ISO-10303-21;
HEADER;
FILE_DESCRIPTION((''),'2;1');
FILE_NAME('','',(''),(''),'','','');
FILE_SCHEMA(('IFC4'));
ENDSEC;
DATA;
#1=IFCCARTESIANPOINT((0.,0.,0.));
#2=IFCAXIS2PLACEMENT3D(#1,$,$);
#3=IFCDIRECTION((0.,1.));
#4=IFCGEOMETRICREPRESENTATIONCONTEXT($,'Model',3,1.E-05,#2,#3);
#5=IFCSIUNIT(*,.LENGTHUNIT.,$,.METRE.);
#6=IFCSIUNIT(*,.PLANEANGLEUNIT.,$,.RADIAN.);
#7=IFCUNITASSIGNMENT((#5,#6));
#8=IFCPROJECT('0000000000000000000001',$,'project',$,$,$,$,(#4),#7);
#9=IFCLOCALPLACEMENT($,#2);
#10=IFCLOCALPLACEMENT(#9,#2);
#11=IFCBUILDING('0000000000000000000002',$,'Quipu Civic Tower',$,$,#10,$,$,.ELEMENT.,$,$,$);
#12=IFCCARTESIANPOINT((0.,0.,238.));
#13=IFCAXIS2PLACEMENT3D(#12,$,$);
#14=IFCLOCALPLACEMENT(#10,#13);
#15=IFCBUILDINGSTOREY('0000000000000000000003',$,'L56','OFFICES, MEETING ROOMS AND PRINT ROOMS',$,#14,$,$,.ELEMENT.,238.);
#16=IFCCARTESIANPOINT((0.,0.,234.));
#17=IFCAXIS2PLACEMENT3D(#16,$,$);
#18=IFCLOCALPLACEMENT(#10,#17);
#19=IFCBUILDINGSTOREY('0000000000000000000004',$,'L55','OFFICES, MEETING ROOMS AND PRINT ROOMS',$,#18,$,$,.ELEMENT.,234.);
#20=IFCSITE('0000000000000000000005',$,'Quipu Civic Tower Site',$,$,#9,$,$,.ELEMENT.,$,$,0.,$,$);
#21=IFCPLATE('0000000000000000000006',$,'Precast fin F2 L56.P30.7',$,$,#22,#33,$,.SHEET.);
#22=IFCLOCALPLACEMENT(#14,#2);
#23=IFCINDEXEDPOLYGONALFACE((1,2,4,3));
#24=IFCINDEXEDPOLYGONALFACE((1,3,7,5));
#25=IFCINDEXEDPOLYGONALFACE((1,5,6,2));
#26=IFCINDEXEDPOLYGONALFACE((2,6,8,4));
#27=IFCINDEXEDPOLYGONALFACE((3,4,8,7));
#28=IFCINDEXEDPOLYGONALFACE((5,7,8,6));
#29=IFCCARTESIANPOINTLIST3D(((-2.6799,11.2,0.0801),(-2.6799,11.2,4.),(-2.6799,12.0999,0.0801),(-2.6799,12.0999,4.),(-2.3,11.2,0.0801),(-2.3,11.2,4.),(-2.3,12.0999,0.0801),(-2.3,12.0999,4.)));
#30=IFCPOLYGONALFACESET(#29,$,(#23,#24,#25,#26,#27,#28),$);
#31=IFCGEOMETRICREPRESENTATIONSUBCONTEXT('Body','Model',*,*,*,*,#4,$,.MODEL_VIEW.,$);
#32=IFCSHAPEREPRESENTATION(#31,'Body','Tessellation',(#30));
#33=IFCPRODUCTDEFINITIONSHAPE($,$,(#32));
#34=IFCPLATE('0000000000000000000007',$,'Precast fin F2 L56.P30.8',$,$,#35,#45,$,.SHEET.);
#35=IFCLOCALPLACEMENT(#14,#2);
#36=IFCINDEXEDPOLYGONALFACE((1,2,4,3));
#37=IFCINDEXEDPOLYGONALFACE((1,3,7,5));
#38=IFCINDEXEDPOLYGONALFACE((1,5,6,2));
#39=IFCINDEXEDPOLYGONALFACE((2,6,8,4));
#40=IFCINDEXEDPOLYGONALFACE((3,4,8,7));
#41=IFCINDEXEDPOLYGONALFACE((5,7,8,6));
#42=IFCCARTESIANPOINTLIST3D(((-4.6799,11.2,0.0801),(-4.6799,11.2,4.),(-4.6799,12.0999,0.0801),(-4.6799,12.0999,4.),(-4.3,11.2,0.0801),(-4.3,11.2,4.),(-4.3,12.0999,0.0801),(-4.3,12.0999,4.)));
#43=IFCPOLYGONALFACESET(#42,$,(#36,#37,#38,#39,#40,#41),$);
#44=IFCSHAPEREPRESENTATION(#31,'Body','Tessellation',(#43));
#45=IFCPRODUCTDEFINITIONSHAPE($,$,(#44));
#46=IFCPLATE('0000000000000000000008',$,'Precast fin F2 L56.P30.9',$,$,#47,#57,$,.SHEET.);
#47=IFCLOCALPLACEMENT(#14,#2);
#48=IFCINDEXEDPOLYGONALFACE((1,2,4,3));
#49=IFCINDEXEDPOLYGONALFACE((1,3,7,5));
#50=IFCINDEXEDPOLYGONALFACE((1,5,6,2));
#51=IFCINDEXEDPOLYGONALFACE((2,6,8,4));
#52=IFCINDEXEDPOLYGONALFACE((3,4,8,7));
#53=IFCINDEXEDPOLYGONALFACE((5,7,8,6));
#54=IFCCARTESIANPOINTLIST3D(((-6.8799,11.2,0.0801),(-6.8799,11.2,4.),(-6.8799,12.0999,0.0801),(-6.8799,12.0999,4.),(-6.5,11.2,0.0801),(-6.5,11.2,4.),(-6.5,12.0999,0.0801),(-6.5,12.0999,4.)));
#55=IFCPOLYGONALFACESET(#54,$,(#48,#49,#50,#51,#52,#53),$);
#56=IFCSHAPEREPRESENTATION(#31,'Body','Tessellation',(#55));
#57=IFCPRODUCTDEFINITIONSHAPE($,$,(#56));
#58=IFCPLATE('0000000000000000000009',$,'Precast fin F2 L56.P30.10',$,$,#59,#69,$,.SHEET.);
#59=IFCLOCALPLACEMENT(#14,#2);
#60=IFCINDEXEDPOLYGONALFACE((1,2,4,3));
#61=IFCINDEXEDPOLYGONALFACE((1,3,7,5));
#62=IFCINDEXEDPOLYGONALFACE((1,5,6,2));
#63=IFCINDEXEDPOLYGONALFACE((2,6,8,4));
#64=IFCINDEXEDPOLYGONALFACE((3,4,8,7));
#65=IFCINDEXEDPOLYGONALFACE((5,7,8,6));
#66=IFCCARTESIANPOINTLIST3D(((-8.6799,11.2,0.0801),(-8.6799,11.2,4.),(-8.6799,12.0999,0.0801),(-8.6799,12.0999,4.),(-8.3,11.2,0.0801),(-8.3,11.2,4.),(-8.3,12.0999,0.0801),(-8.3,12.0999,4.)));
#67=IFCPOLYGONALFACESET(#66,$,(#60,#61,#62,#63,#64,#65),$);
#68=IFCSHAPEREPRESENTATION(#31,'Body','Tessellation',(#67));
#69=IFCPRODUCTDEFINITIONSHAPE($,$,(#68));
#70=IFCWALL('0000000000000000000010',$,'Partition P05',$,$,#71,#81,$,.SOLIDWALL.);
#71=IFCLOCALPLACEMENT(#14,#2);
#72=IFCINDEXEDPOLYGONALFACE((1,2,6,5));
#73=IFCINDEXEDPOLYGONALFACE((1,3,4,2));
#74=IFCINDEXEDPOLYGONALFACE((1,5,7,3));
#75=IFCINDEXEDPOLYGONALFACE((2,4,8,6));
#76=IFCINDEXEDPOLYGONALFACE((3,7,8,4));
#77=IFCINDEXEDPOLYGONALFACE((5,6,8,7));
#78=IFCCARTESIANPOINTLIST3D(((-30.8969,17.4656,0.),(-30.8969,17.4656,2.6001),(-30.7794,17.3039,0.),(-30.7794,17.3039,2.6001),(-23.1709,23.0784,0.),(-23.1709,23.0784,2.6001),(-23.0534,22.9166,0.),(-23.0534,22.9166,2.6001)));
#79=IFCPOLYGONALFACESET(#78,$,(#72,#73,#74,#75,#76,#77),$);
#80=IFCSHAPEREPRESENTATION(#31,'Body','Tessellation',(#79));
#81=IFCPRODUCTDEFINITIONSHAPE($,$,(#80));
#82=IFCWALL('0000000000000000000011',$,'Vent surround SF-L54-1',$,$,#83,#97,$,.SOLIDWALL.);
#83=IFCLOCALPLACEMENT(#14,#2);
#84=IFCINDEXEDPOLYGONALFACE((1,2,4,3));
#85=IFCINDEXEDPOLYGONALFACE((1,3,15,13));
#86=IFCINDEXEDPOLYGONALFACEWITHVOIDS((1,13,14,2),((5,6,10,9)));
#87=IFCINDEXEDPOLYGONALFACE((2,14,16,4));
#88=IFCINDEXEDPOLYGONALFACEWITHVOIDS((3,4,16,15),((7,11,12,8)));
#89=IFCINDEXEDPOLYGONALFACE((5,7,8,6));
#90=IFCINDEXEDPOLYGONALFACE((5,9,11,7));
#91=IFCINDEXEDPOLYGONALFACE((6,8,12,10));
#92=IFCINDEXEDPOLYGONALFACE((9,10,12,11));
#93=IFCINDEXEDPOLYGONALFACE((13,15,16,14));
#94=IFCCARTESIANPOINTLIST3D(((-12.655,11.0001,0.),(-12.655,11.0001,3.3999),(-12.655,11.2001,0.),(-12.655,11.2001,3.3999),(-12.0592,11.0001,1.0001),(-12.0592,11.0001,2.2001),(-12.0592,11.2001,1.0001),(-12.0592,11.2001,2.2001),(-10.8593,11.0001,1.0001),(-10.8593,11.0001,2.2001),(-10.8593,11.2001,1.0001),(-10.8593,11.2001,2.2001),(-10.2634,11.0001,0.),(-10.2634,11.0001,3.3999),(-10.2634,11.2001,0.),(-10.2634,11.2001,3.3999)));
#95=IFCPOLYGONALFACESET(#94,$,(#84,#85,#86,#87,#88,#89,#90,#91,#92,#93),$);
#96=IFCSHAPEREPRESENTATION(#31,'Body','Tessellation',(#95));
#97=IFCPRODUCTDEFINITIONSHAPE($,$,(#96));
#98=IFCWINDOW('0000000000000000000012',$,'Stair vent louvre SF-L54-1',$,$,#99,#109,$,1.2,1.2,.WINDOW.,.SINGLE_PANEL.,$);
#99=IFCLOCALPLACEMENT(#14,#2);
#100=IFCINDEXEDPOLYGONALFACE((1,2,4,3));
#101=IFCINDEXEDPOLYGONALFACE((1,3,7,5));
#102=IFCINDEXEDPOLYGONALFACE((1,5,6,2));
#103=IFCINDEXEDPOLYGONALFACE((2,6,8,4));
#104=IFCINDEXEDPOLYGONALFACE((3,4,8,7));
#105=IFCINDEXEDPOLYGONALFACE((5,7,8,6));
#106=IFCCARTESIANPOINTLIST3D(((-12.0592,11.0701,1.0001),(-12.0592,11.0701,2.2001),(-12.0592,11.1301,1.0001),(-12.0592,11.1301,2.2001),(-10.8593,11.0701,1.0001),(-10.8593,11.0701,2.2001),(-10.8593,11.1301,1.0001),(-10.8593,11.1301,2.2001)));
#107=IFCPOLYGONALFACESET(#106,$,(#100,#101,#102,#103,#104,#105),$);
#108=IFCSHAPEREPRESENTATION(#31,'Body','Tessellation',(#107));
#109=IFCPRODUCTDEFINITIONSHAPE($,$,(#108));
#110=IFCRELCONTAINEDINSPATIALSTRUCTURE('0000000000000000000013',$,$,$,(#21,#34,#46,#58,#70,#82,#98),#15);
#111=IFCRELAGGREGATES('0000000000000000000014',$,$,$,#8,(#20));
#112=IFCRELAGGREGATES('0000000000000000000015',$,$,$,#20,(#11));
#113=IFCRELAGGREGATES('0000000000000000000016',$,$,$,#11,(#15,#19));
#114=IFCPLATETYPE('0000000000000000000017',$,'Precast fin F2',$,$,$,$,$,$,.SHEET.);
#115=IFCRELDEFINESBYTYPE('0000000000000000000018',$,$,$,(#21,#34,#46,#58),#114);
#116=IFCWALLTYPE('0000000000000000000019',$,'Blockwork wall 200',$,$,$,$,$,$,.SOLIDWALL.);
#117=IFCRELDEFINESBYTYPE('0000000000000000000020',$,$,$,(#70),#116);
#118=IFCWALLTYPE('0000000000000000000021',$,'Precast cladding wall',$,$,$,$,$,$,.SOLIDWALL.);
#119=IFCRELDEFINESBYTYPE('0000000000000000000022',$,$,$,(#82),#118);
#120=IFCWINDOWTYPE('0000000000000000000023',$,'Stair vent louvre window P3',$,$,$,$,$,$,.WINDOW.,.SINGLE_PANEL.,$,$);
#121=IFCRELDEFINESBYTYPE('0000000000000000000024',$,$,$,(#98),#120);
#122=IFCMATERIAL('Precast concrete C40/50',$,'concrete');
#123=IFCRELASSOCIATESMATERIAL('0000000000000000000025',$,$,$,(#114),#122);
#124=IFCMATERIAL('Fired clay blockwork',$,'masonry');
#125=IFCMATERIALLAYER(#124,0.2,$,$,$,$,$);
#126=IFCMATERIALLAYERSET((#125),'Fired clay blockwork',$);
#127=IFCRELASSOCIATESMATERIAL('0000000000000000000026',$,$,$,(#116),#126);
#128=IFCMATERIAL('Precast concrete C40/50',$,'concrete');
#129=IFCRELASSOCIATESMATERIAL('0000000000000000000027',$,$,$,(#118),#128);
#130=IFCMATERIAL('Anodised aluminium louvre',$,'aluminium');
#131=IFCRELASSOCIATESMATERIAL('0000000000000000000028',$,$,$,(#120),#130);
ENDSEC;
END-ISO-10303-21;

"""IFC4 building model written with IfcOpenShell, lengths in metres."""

from ifc_helpers import new_model, si_unit, direction, frame, frame_2d, origin, origin_2d, place, context, subcontext, project, spatial, rectangle, extrude, material, layer, layer_set, type_object, element, fill, save


model = new_model("IFC4")

# Units and contexts
model_context = context("Model", 3, precision=1e-05, world=origin(), true_north=direction((0.0, 1.0)))
body_context = subcontext(model_context, "Body", "Model", "MODEL_VIEW")
ifc_project = project(units=[si_unit("LENGTHUNIT", "METRE"), si_unit("PLANEANGLEUNIT", "RADIAN")], contexts=[model_context])

# Site, building, storey
site_placement = place(None, origin())
site = spatial("IfcSite", under=ifc_project, at=site_placement, Name="Quipu Civic Tower Site", CompositionType="ELEMENT", RefElevation=0.0)
building_placement = place(site_placement, origin())
building = spatial("IfcBuilding", under=site, at=building_placement, Name="Quipu Civic Tower", CompositionType="ELEMENT")
storey_1_placement = place(building_placement, frame((0.0, 0.0, 238.0)))
storey_1 = spatial("IfcBuildingStorey", under=building, at=storey_1_placement, Name="L56", Description="OFFICES, MEETING ROOMS AND PRINT ROOMS", CompositionType="ELEMENT", Elevation=238.0)

# Shared definitions
storey_2_placement = place(building_placement, frame((0.0, 0.0, 234.0)))
storey_2 = spatial("IfcBuildingStorey", under=building, at=storey_2_placement, Name="L55", Description="OFFICES, MEETING ROOMS AND PRINT ROOMS", CompositionType="ELEMENT", Elevation=234.0)

# Plates
ifc_material_1 = material(Name="Precast concrete C40/50", Category="concrete")
plate_type_1 = type_object("IfcPlateType", Name="Precast fin F2", PredefinedType="SHEET", material=ifc_material_1)
for number, where, z_axis, x_axis, name in (
    (1, (-2.49, 11.6499, 0.0801), (0.0, 0.0, 1.0), (-1.0, 0.0, 0.0), "Precast fin F2 L56.P30.7"),
    (2, (-4.49, 11.6499, 0.0801), (0.0, 0.0, 1.0), (-1.0, 0.0, 0.0), "Precast fin F2 L56.P30.8"),
    (3, (-6.6899, 11.6499, 0.0801), (0.0, 0.0, 1.0), (-1.0, 0.0, 0.0), "Precast fin F2 L56.P30.9"),
    (4, (-8.49, 11.6499, 0.0801), (0.0, 0.0, 1.0), (-1.0, 0.0, 0.0), "Precast fin F2 L56.P30.10"),
):
    element("IfcPlate", number, at=place(storey_1_placement, frame(where, z_axis=z_axis, x_axis=x_axis)), inside=storey_1, type_object=plate_type_1, Name=name, PredefinedType="SHEET", context=body_context, shape_type="SweptSolid", body=[
        extrude(rectangle(XDim=0.3799, YDim=0.8999, at=origin_2d()), origin(), (0.0, 0.0, 1.0), 3.9199),
    ])

# Wall
ifc_material_2 = material(Name="Fired clay blockwork", Category="masonry")
ifc_layer_1 = layer(ifc_material_2, 0.2)
ifc_layer_set_1 = layer_set([ifc_layer_1], Name="Fired clay blockwork")
wall_type_1 = type_object("IfcWallType", Name="Blockwork wall 200", PredefinedType="SOLIDWALL", material=ifc_layer_set_1)
wall_1_placement = place(storey_1_placement, frame((-23.1121, 22.9976, 0.0), z_axis=(0.0, 0.0, 1.0), x_axis=(-0.809043, -0.587749, 0.0)))
element("IfcWall", 5, at=wall_1_placement, inside=storey_1, type_object=wall_type_1, Name="Partition P05", PredefinedType="SOLIDWALL", context=body_context, shape_type="SweptSolid", body=[
    extrude(rectangle(XDim=9.5496, YDim=0.2, at=frame_2d((4.7749, 0.0))), origin(), (0.0, 0.0, 1.0), 2.6001),
])

# Wall, opening, window
ifc_material_3 = material(Name="Precast concrete C40/50", Category="concrete")
wall_type_2 = type_object("IfcWallType", Name="Precast cladding wall", PredefinedType="SOLIDWALL", material=ifc_material_3)
wall_2_placement = place(storey_1_placement, frame((-10.2634, 11.1001, 0.0), z_axis=(0.0, 0.0, 1.0), x_axis=(-1.0, 0.0, 0.0)))
wall_2 = element("IfcWall", 6, at=wall_2_placement, inside=storey_1, type_object=wall_type_2, Name="Vent surround SF-L54-1", PredefinedType="SOLIDWALL", context=body_context, shape_type="SweptSolid", body=[
    extrude(rectangle(XDim=2.3916, YDim=0.2, at=frame_2d((1.1958, 0.0))), origin(), (0.0, 0.0, 1.0), 3.3999),
])
opening_placement = place(wall_2_placement, frame((0.5957, 0.0, 1.0)))
opening = element("IfcOpeningElement", 7, at=opening_placement, cuts=wall_2, PredefinedType="OPENING", context=body_context, shape_type="SweptSolid", body=[
    extrude(rectangle(XDim=1.2, YDim=1.2, at=frame_2d((0.6001, 0.6001))), frame((0.0, 0.1099, 0.0), z_axis=(0.0, -1.0, 0.0), x_axis=(1.0, 0.0, 0.0)), (0.0, 0.0, 1.0), 0.22),
])
ifc_material_4 = material(Name="Anodised aluminium louvre", Category="aluminium")
window_type = type_object("IfcWindowType", Name="Stair vent louvre window P3", PartitioningType="SINGLE_PANEL", PredefinedType="WINDOW", material=ifc_material_4)
window_placement = place(opening_placement, origin())
window = element("IfcWindow", 8, at=window_placement, inside=storey_1, type_object=window_type, Name="Stair vent louvre SF-L54-1", OverallHeight=1.2, OverallWidth=1.2, PartitioningType="SINGLE_PANEL", PredefinedType="WINDOW", context=body_context, shape_type="SweptSolid", body=[
    extrude(rectangle(XDim=1.2, YDim=1.2, at=frame_2d((0.6001, 0.6001))), frame((0.0, 0.03, 0.0), z_axis=(0.0, -1.0, 0.0), x_axis=(1.0, 0.0, 0.0)), (0.0, 0.0, 1.0), 0.0601),
])
fill(opening, window)

save(model, "model.ifc")
